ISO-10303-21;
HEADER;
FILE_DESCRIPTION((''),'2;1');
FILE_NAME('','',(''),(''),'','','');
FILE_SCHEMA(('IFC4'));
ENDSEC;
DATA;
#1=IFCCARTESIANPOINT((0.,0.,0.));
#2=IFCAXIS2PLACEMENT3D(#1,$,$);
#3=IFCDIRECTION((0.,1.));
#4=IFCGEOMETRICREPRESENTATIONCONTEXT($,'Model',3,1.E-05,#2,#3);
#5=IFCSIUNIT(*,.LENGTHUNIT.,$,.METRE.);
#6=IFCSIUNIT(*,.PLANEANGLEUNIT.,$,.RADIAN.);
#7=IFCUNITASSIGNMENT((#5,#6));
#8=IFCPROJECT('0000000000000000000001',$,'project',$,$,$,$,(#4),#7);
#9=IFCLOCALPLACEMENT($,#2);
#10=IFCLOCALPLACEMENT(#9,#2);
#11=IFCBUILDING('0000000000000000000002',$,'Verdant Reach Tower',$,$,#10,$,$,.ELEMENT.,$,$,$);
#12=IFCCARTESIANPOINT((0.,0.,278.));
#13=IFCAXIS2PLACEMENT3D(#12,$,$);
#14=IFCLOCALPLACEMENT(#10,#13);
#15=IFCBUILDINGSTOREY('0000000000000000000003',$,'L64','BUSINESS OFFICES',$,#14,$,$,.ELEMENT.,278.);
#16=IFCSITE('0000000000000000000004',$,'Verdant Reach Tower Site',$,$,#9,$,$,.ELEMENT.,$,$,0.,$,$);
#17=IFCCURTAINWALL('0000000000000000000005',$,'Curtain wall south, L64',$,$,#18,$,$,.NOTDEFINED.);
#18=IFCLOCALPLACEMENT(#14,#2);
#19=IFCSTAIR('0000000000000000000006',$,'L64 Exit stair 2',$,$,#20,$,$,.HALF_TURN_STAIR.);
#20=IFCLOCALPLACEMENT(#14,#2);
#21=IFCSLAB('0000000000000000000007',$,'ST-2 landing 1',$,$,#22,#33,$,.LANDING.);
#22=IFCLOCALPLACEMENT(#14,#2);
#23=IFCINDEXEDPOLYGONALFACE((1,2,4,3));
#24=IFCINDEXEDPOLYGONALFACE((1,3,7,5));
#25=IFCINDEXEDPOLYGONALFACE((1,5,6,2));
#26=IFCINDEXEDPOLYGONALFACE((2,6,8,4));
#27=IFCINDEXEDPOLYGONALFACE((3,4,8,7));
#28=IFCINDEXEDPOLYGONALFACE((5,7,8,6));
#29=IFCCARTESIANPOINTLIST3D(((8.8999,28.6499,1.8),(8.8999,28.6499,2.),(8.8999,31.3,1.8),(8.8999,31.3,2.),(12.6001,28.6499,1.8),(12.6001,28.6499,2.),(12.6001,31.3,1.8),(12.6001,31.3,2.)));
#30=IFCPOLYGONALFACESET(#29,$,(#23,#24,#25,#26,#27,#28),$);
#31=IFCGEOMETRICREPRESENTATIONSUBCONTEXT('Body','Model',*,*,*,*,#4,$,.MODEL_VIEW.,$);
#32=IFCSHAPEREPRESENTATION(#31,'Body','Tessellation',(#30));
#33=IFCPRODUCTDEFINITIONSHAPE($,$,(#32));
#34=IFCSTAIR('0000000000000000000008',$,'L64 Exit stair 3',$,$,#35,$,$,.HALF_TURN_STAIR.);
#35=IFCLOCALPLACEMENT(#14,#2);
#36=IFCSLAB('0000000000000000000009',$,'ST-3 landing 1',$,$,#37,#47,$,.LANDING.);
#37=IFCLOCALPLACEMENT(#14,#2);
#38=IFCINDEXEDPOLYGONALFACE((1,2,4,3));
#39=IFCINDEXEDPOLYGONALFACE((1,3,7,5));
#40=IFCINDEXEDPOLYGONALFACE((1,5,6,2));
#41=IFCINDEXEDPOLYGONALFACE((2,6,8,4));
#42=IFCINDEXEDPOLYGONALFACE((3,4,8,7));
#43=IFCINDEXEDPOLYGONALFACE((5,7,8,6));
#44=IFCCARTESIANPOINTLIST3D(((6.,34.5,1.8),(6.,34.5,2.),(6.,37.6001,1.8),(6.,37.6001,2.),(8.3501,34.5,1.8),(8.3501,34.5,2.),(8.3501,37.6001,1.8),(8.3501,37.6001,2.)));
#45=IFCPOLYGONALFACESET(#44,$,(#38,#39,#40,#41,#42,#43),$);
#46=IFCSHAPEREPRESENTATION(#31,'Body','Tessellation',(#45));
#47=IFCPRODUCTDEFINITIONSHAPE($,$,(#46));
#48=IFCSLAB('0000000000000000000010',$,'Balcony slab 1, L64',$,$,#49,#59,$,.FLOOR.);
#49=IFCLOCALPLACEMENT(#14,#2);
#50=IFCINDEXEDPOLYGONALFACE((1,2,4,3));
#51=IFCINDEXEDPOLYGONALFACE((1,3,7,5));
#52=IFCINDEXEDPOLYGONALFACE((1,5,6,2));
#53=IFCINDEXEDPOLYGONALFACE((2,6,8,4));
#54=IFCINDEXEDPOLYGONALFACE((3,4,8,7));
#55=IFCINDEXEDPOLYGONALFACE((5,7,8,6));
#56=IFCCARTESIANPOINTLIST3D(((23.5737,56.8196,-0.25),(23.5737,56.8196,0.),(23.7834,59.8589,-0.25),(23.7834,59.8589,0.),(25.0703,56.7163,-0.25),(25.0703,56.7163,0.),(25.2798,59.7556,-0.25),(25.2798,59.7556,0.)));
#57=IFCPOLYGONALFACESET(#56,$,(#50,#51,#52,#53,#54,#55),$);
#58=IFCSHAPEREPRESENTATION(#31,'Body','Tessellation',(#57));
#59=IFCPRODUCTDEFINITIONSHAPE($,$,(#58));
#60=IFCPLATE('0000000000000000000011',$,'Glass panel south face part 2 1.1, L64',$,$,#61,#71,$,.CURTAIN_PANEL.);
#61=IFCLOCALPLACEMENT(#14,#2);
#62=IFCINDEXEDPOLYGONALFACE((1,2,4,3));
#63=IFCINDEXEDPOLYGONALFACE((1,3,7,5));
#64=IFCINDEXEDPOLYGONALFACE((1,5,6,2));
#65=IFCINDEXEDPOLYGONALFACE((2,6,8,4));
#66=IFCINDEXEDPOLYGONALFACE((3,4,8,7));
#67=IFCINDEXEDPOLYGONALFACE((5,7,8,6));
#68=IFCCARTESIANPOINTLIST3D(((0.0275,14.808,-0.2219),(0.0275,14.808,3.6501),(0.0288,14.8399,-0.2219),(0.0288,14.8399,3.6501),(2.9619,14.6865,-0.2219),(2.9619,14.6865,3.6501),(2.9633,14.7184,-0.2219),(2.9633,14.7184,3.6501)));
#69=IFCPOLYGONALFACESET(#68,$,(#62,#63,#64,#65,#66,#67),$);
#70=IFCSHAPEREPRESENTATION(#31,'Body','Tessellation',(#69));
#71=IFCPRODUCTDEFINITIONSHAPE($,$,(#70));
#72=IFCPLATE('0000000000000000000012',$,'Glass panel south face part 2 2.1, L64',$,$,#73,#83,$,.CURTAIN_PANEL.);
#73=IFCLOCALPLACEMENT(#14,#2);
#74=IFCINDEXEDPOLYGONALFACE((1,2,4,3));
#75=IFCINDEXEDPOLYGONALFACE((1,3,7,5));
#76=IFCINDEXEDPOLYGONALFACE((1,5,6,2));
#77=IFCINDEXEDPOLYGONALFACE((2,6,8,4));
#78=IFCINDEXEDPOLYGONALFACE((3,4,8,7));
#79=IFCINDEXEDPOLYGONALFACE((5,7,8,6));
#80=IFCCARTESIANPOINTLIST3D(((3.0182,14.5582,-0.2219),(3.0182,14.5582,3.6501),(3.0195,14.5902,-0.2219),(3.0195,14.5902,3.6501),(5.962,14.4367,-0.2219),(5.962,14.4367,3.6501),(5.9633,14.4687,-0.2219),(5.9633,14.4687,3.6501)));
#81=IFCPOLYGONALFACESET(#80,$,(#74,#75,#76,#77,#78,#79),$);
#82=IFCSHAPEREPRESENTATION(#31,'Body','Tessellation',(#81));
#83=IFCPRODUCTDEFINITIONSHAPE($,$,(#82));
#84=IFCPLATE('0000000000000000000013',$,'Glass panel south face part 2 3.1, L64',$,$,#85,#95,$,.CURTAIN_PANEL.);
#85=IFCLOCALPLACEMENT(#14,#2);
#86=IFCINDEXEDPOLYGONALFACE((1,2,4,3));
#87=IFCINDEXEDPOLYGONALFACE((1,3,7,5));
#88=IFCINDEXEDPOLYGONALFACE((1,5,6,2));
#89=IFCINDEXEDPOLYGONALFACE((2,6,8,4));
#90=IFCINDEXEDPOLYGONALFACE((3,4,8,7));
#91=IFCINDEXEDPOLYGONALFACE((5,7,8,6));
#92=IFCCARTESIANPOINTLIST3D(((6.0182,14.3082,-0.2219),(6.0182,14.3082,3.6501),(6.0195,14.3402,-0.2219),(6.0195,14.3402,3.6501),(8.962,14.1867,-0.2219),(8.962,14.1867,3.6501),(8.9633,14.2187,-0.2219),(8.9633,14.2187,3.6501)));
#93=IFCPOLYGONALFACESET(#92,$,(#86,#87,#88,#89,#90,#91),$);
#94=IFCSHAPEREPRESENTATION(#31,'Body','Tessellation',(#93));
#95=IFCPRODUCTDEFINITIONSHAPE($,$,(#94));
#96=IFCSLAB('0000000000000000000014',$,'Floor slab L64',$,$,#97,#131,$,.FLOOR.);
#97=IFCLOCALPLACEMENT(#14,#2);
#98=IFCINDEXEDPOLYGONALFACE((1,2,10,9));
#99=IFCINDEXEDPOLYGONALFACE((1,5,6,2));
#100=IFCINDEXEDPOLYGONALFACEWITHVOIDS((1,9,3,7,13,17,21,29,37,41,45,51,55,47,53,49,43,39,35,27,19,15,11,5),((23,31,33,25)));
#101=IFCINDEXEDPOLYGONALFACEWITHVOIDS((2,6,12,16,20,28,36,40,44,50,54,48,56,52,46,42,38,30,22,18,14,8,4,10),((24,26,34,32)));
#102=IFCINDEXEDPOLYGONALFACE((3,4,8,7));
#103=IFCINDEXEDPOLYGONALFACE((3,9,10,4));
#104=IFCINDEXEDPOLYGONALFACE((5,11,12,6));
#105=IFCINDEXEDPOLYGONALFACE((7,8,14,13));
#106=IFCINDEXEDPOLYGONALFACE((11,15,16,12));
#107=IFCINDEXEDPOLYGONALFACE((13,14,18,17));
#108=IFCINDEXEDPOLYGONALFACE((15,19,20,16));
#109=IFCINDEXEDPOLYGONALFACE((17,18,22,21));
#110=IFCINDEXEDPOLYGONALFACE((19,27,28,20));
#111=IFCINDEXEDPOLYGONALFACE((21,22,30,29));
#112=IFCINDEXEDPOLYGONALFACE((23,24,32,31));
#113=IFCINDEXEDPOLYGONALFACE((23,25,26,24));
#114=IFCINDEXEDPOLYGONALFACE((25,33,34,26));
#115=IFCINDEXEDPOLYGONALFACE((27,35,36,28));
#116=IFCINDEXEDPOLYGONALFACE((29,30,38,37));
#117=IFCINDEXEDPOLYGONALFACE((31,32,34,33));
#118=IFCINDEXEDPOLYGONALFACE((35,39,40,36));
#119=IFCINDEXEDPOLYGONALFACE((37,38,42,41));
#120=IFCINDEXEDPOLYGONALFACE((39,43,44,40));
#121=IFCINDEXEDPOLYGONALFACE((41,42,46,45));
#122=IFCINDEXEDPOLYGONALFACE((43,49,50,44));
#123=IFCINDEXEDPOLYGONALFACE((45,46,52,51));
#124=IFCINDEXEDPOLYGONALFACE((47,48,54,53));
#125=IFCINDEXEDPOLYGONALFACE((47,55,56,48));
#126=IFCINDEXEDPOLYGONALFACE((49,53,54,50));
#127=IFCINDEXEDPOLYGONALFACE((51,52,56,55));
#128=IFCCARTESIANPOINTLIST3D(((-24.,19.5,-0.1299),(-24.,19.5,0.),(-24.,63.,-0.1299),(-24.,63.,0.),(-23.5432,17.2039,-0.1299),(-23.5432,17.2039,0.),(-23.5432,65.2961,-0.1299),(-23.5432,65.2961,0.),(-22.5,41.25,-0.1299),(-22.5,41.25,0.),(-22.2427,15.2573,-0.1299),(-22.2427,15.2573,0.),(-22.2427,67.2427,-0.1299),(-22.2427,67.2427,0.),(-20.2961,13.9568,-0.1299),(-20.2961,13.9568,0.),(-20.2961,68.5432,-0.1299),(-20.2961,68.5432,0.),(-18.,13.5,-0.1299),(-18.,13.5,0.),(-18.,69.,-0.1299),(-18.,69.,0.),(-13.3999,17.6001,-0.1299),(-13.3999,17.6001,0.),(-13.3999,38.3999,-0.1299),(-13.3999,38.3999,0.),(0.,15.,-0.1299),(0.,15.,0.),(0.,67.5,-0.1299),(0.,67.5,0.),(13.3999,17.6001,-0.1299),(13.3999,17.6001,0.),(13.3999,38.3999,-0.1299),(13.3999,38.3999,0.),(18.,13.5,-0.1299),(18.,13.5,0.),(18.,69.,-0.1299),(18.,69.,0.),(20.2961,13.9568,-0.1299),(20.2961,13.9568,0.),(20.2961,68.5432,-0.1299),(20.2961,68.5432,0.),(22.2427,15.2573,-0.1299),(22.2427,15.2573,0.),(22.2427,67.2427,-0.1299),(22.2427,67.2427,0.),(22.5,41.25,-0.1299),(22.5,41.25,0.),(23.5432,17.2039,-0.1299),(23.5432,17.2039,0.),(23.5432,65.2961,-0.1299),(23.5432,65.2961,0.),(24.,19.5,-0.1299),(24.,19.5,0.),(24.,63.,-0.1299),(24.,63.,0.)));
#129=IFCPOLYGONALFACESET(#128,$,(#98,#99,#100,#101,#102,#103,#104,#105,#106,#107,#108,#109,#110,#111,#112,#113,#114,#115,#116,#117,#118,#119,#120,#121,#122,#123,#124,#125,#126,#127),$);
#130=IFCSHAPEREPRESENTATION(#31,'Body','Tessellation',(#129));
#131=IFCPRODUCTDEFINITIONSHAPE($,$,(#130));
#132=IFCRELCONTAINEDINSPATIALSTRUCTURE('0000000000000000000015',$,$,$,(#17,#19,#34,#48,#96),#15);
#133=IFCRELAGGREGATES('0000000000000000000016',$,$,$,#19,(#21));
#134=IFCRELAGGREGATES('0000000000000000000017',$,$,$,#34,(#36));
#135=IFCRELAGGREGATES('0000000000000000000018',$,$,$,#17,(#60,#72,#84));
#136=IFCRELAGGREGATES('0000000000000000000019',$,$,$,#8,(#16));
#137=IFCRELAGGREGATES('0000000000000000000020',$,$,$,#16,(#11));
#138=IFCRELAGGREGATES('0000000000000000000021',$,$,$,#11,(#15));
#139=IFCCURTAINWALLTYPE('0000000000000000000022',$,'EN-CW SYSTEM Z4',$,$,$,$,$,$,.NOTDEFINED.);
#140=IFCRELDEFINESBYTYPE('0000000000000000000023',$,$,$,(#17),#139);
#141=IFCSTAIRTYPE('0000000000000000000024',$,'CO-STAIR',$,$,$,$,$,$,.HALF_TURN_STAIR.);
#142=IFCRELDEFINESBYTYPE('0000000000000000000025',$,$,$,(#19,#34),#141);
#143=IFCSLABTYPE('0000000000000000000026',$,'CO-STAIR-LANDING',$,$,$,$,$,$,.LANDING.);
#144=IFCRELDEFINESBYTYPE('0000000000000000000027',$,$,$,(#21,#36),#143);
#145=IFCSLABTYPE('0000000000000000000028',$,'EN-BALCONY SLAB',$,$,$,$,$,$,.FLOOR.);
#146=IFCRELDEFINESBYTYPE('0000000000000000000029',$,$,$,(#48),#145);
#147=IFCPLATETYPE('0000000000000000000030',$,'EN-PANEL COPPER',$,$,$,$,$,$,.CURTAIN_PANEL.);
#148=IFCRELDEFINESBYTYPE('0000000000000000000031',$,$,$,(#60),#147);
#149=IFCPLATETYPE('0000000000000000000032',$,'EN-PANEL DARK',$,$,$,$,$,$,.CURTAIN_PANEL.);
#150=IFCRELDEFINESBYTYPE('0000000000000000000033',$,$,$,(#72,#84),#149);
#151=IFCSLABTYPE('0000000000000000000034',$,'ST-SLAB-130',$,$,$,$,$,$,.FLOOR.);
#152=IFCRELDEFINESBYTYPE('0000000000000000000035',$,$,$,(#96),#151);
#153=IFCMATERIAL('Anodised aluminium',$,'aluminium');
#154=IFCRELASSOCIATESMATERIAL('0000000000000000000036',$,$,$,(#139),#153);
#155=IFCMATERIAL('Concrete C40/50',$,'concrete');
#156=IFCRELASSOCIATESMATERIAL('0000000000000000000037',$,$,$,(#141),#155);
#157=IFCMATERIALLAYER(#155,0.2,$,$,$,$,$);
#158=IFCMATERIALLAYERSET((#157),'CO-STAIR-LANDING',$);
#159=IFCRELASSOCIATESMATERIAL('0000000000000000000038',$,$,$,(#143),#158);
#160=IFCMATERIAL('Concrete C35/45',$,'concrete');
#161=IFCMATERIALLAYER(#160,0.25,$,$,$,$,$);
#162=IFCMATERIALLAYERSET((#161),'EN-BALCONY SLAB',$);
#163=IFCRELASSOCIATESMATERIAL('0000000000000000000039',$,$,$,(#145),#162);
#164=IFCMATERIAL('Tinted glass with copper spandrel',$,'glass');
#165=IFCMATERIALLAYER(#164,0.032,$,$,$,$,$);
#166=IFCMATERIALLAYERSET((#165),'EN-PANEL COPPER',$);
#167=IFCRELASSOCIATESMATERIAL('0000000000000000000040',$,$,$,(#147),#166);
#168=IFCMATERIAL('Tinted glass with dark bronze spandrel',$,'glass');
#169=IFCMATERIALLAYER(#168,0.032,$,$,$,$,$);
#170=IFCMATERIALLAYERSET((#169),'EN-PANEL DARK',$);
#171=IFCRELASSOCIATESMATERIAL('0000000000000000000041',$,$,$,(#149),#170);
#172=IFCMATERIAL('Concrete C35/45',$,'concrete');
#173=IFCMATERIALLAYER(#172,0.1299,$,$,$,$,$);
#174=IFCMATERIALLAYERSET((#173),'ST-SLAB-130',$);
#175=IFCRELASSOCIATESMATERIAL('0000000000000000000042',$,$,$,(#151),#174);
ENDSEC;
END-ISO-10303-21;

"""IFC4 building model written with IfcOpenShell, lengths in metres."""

from ifc_helpers import new_model, si_unit, direction, frame, origin, origin_2d, place, context, subcontext, project, spatial, polyline, rectangle, outline, extrude, material, layer, layer_set, type_object, element, aggregate, save


model = new_model("IFC4")

# Units and contexts
model_context = context("Model", 3, precision=1e-05, world=origin(), true_north=direction((0.0, 1.0)))
body_context = subcontext(model_context, "Body", "Model", "MODEL_VIEW")
ifc_project = project(units=[si_unit("LENGTHUNIT", "METRE"), si_unit("PLANEANGLEUNIT", "RADIAN")], contexts=[model_context])

# Site, building, storey
site_placement = place(None, origin())
site = spatial("IfcSite", under=ifc_project, at=site_placement, Name="Verdant Reach Tower Site", CompositionType="ELEMENT", RefElevation=0.0)
building_placement = place(site_placement, origin())
building = spatial("IfcBuilding", under=site, at=building_placement, Name="Verdant Reach Tower", CompositionType="ELEMENT")
storey_placement = place(building_placement, frame((0.0, 0.0, 278.0)))
storey = spatial("IfcBuildingStorey", under=building, at=storey_placement, Name="L64", Description="BUSINESS OFFICES", CompositionType="ELEMENT", Elevation=278.0)

# Curtain wall
ifc_material_1 = material(Name="Anodised aluminium", Category="aluminium")
curtain_wall_type = type_object("IfcCurtainWallType", Name="EN-CW SYSTEM Z4", PredefinedType="NOTDEFINED", material=ifc_material_1)
curtain_wall_placement = place(storey_placement, origin())
curtain_wall = element("IfcCurtainWall", 1, at=curtain_wall_placement, inside=storey, type_object=curtain_wall_type, Name="Curtain wall south, L64", PredefinedType="NOTDEFINED")

# Stairs, slabs
ifc_material_2 = material(Name="Concrete C40/50", Category="concrete")
stair_type = type_object("IfcStairType", Name="CO-STAIR", PredefinedType="HALF_TURN_STAIR", material=ifc_material_2)
ifc_layer_1 = layer(ifc_material_2, 0.2)
ifc_layer_set_1 = layer_set([ifc_layer_1], Name="CO-STAIR-LANDING")
slab_type_1 = type_object("IfcSlabType", Name="CO-STAIR-LANDING", PredefinedType="LANDING", material=ifc_layer_set_1)
stair_1_placement = place(storey_placement, origin())
stair_1 = element("IfcStair", 2, at=stair_1_placement, inside=storey, type_object=stair_type, Name="L64 Exit stair 2", PredefinedType="HALF_TURN_STAIR")
slab_1_placement = place(storey_placement, frame((0.0, 0.0, 1.8)))
slab_1 = element("IfcSlab", 3, at=slab_1_placement, type_object=slab_type_1, Name="ST-2 landing 1", PredefinedType="LANDING", context=body_context, shape_type="SweptSolid", body=[
    extrude(outline(polyline([(12.6001, 28.6499), (12.6001, 31.3), (8.8999, 31.3), (8.8999, 28.6499), (12.6001, 28.6499)])), origin(), (0.0, 0.0, 1.0), 0.2),
])
aggregate(stair_1, [slab_1])
stair_2_placement = place(storey_placement, origin())
stair_2 = element("IfcStair", 4, at=stair_2_placement, inside=storey, type_object=stair_type, Name="L64 Exit stair 3", PredefinedType="HALF_TURN_STAIR")
slab_2_placement = place(storey_placement, frame((0.0, 0.0, 1.8)))
slab_2 = element("IfcSlab", 5, at=slab_2_placement, type_object=slab_type_1, Name="ST-3 landing 1", PredefinedType="LANDING", context=body_context, shape_type="SweptSolid", body=[
    extrude(outline(polyline([(8.3501, 37.6001), (6.0, 37.6001), (6.0, 34.5), (8.3501, 34.5), (8.3501, 37.6001)])), origin(), (0.0, 0.0, 1.0), 0.2),
])
aggregate(stair_2, [slab_2])

# Slab
ifc_material_3 = material(Name="Concrete C35/45", Category="concrete")
ifc_layer_2 = layer(ifc_material_3, 0.25)
ifc_layer_set_2 = layer_set([ifc_layer_2], Name="EN-BALCONY SLAB")
slab_type_2 = type_object("IfcSlabType", Name="EN-BALCONY SLAB", PredefinedType="FLOOR", material=ifc_layer_set_2)
slab_3_placement = place(storey_placement, frame((0.0, 0.0, -0.25)))
element("IfcSlab", 6, at=slab_3_placement, inside=storey, type_object=slab_type_2, Name="Balcony slab 1, L64", PredefinedType="FLOOR", context=body_context, shape_type="SweptSolid", body=[
    extrude(outline(polyline([(23.5737, 56.8196), (23.7834, 59.8589), (25.2798, 59.7556), (25.0703, 56.7163), (23.5737, 56.8196)])), origin(), (0.0, 0.0, 1.0), 0.25),
])

# Plates
ifc_material_4 = material(Name="Tinted glass with copper spandrel", Category="glass")
ifc_layer_3 = layer(ifc_material_4, 0.032)
ifc_layer_set_3 = layer_set([ifc_layer_3], Name="EN-PANEL COPPER")
plate_type_1 = type_object("IfcPlateType", Name="EN-PANEL COPPER", PredefinedType="CURTAIN_PANEL", material=ifc_layer_set_3)
plate_1_placement = place(storey_placement, frame((1.4954, 14.7632, -0.2219), z_axis=(0.0, 0.0, 1.0), x_axis=(0.999144, -0.04137, 0.0)))
plate_1 = element("IfcPlate", 7, at=plate_1_placement, type_object=plate_type_1, Name="Glass panel south face part 2 1.1, L64", PredefinedType="CURTAIN_PANEL", context=body_context, shape_type="SweptSolid", body=[
    extrude(rectangle(XDim=2.937, YDim=0.032, at=origin_2d()), origin(), (0.0, 0.0, 1.0), 3.8721),
])
ifc_material_5 = material(Name="Tinted glass with dark bronze spandrel", Category="glass")
ifc_layer_4 = layer(ifc_material_5, 0.032)
ifc_layer_set_4 = layer_set([ifc_layer_4], Name="EN-PANEL DARK")
plate_type_2 = type_object("IfcPlateType", Name="EN-PANEL DARK", PredefinedType="CURTAIN_PANEL", material=ifc_layer_set_4)
plate_2_placement = place(storey_placement, frame((4.4907, 14.5134, -0.2219), z_axis=(0.0, 0.0, 1.0), x_axis=(0.999149, -0.041242, 0.0)))
plate_2 = element("IfcPlate", 8, at=plate_2_placement, type_object=plate_type_2, Name="Glass panel south face part 2 2.1, L64", PredefinedType="CURTAIN_PANEL", context=body_context, shape_type="SweptSolid", body=[
    extrude(rectangle(XDim=2.9463, YDim=0.032, at=origin_2d()), origin(), (0.0, 0.0, 1.0), 3.8721),
])
plate_3_placement = place(storey_placement, frame((7.4907, 14.2634, -0.2219), z_axis=(0.0, 0.0, 1.0), x_axis=(0.999149, -0.041242, 0.0)))
plate_3 = element("IfcPlate", 9, at=plate_3_placement, type_object=plate_type_2, Name="Glass panel south face part 2 3.1, L64", PredefinedType="CURTAIN_PANEL", context=body_context, shape_type="SweptSolid", body=[
    extrude(rectangle(XDim=2.9463, YDim=0.032, at=origin_2d()), origin(), (0.0, 0.0, 1.0), 3.8721),
])
aggregate(curtain_wall, [plate_1, plate_2, plate_3])

# Slab
ifc_material_6 = material(Name="Concrete C35/45", Category="concrete")
ifc_layer_5 = layer(ifc_material_6, 0.1299)
ifc_layer_set_5 = layer_set([ifc_layer_5], Name="ST-SLAB-130")
slab_type_3 = type_object("IfcSlabType", Name="ST-SLAB-130", PredefinedType="FLOOR", material=ifc_layer_set_5)
slab_4_placement = place(storey_placement, frame((0.0, 0.0, -0.1299)))
element("IfcSlab", 10, at=slab_4_placement, inside=storey, type_object=slab_type_3, Name="Floor slab L64", PredefinedType="FLOOR", context=body_context, shape_type="SweptSolid", body=[
    extrude(outline(polyline([(0.0, 15.0), (-18.0, 13.5), (-20.2961, 13.9568), (-22.2427, 15.2573), (-23.5432, 17.2039), (-24.0, 19.5), (-22.5, 41.25), (-24.0, 63.0), (-23.5432, 65.2961), (-22.2427, 67.2427), (-20.2961, 68.5432), (-18.0, 69.0), (0.0, 67.5), (18.0, 69.0), (20.2961, 68.5432), (22.2427, 67.2427), (23.5432, 65.2961), (24.0, 63.0), (22.5, 41.25), (24.0, 19.5), (23.5432, 17.2039), (22.2427, 15.2573), (20.2961, 13.9568), (18.0, 13.5), (0.0, 15.0)]), holes=[polyline([(13.3999, 38.3999), (-13.3999, 38.3999), (-13.3999, 17.6001), (13.3999, 17.6001), (13.3999, 38.3999)])]), origin(), (0.0, 0.0, 1.0), 0.1299),
])

save(model, "model.ifc")
